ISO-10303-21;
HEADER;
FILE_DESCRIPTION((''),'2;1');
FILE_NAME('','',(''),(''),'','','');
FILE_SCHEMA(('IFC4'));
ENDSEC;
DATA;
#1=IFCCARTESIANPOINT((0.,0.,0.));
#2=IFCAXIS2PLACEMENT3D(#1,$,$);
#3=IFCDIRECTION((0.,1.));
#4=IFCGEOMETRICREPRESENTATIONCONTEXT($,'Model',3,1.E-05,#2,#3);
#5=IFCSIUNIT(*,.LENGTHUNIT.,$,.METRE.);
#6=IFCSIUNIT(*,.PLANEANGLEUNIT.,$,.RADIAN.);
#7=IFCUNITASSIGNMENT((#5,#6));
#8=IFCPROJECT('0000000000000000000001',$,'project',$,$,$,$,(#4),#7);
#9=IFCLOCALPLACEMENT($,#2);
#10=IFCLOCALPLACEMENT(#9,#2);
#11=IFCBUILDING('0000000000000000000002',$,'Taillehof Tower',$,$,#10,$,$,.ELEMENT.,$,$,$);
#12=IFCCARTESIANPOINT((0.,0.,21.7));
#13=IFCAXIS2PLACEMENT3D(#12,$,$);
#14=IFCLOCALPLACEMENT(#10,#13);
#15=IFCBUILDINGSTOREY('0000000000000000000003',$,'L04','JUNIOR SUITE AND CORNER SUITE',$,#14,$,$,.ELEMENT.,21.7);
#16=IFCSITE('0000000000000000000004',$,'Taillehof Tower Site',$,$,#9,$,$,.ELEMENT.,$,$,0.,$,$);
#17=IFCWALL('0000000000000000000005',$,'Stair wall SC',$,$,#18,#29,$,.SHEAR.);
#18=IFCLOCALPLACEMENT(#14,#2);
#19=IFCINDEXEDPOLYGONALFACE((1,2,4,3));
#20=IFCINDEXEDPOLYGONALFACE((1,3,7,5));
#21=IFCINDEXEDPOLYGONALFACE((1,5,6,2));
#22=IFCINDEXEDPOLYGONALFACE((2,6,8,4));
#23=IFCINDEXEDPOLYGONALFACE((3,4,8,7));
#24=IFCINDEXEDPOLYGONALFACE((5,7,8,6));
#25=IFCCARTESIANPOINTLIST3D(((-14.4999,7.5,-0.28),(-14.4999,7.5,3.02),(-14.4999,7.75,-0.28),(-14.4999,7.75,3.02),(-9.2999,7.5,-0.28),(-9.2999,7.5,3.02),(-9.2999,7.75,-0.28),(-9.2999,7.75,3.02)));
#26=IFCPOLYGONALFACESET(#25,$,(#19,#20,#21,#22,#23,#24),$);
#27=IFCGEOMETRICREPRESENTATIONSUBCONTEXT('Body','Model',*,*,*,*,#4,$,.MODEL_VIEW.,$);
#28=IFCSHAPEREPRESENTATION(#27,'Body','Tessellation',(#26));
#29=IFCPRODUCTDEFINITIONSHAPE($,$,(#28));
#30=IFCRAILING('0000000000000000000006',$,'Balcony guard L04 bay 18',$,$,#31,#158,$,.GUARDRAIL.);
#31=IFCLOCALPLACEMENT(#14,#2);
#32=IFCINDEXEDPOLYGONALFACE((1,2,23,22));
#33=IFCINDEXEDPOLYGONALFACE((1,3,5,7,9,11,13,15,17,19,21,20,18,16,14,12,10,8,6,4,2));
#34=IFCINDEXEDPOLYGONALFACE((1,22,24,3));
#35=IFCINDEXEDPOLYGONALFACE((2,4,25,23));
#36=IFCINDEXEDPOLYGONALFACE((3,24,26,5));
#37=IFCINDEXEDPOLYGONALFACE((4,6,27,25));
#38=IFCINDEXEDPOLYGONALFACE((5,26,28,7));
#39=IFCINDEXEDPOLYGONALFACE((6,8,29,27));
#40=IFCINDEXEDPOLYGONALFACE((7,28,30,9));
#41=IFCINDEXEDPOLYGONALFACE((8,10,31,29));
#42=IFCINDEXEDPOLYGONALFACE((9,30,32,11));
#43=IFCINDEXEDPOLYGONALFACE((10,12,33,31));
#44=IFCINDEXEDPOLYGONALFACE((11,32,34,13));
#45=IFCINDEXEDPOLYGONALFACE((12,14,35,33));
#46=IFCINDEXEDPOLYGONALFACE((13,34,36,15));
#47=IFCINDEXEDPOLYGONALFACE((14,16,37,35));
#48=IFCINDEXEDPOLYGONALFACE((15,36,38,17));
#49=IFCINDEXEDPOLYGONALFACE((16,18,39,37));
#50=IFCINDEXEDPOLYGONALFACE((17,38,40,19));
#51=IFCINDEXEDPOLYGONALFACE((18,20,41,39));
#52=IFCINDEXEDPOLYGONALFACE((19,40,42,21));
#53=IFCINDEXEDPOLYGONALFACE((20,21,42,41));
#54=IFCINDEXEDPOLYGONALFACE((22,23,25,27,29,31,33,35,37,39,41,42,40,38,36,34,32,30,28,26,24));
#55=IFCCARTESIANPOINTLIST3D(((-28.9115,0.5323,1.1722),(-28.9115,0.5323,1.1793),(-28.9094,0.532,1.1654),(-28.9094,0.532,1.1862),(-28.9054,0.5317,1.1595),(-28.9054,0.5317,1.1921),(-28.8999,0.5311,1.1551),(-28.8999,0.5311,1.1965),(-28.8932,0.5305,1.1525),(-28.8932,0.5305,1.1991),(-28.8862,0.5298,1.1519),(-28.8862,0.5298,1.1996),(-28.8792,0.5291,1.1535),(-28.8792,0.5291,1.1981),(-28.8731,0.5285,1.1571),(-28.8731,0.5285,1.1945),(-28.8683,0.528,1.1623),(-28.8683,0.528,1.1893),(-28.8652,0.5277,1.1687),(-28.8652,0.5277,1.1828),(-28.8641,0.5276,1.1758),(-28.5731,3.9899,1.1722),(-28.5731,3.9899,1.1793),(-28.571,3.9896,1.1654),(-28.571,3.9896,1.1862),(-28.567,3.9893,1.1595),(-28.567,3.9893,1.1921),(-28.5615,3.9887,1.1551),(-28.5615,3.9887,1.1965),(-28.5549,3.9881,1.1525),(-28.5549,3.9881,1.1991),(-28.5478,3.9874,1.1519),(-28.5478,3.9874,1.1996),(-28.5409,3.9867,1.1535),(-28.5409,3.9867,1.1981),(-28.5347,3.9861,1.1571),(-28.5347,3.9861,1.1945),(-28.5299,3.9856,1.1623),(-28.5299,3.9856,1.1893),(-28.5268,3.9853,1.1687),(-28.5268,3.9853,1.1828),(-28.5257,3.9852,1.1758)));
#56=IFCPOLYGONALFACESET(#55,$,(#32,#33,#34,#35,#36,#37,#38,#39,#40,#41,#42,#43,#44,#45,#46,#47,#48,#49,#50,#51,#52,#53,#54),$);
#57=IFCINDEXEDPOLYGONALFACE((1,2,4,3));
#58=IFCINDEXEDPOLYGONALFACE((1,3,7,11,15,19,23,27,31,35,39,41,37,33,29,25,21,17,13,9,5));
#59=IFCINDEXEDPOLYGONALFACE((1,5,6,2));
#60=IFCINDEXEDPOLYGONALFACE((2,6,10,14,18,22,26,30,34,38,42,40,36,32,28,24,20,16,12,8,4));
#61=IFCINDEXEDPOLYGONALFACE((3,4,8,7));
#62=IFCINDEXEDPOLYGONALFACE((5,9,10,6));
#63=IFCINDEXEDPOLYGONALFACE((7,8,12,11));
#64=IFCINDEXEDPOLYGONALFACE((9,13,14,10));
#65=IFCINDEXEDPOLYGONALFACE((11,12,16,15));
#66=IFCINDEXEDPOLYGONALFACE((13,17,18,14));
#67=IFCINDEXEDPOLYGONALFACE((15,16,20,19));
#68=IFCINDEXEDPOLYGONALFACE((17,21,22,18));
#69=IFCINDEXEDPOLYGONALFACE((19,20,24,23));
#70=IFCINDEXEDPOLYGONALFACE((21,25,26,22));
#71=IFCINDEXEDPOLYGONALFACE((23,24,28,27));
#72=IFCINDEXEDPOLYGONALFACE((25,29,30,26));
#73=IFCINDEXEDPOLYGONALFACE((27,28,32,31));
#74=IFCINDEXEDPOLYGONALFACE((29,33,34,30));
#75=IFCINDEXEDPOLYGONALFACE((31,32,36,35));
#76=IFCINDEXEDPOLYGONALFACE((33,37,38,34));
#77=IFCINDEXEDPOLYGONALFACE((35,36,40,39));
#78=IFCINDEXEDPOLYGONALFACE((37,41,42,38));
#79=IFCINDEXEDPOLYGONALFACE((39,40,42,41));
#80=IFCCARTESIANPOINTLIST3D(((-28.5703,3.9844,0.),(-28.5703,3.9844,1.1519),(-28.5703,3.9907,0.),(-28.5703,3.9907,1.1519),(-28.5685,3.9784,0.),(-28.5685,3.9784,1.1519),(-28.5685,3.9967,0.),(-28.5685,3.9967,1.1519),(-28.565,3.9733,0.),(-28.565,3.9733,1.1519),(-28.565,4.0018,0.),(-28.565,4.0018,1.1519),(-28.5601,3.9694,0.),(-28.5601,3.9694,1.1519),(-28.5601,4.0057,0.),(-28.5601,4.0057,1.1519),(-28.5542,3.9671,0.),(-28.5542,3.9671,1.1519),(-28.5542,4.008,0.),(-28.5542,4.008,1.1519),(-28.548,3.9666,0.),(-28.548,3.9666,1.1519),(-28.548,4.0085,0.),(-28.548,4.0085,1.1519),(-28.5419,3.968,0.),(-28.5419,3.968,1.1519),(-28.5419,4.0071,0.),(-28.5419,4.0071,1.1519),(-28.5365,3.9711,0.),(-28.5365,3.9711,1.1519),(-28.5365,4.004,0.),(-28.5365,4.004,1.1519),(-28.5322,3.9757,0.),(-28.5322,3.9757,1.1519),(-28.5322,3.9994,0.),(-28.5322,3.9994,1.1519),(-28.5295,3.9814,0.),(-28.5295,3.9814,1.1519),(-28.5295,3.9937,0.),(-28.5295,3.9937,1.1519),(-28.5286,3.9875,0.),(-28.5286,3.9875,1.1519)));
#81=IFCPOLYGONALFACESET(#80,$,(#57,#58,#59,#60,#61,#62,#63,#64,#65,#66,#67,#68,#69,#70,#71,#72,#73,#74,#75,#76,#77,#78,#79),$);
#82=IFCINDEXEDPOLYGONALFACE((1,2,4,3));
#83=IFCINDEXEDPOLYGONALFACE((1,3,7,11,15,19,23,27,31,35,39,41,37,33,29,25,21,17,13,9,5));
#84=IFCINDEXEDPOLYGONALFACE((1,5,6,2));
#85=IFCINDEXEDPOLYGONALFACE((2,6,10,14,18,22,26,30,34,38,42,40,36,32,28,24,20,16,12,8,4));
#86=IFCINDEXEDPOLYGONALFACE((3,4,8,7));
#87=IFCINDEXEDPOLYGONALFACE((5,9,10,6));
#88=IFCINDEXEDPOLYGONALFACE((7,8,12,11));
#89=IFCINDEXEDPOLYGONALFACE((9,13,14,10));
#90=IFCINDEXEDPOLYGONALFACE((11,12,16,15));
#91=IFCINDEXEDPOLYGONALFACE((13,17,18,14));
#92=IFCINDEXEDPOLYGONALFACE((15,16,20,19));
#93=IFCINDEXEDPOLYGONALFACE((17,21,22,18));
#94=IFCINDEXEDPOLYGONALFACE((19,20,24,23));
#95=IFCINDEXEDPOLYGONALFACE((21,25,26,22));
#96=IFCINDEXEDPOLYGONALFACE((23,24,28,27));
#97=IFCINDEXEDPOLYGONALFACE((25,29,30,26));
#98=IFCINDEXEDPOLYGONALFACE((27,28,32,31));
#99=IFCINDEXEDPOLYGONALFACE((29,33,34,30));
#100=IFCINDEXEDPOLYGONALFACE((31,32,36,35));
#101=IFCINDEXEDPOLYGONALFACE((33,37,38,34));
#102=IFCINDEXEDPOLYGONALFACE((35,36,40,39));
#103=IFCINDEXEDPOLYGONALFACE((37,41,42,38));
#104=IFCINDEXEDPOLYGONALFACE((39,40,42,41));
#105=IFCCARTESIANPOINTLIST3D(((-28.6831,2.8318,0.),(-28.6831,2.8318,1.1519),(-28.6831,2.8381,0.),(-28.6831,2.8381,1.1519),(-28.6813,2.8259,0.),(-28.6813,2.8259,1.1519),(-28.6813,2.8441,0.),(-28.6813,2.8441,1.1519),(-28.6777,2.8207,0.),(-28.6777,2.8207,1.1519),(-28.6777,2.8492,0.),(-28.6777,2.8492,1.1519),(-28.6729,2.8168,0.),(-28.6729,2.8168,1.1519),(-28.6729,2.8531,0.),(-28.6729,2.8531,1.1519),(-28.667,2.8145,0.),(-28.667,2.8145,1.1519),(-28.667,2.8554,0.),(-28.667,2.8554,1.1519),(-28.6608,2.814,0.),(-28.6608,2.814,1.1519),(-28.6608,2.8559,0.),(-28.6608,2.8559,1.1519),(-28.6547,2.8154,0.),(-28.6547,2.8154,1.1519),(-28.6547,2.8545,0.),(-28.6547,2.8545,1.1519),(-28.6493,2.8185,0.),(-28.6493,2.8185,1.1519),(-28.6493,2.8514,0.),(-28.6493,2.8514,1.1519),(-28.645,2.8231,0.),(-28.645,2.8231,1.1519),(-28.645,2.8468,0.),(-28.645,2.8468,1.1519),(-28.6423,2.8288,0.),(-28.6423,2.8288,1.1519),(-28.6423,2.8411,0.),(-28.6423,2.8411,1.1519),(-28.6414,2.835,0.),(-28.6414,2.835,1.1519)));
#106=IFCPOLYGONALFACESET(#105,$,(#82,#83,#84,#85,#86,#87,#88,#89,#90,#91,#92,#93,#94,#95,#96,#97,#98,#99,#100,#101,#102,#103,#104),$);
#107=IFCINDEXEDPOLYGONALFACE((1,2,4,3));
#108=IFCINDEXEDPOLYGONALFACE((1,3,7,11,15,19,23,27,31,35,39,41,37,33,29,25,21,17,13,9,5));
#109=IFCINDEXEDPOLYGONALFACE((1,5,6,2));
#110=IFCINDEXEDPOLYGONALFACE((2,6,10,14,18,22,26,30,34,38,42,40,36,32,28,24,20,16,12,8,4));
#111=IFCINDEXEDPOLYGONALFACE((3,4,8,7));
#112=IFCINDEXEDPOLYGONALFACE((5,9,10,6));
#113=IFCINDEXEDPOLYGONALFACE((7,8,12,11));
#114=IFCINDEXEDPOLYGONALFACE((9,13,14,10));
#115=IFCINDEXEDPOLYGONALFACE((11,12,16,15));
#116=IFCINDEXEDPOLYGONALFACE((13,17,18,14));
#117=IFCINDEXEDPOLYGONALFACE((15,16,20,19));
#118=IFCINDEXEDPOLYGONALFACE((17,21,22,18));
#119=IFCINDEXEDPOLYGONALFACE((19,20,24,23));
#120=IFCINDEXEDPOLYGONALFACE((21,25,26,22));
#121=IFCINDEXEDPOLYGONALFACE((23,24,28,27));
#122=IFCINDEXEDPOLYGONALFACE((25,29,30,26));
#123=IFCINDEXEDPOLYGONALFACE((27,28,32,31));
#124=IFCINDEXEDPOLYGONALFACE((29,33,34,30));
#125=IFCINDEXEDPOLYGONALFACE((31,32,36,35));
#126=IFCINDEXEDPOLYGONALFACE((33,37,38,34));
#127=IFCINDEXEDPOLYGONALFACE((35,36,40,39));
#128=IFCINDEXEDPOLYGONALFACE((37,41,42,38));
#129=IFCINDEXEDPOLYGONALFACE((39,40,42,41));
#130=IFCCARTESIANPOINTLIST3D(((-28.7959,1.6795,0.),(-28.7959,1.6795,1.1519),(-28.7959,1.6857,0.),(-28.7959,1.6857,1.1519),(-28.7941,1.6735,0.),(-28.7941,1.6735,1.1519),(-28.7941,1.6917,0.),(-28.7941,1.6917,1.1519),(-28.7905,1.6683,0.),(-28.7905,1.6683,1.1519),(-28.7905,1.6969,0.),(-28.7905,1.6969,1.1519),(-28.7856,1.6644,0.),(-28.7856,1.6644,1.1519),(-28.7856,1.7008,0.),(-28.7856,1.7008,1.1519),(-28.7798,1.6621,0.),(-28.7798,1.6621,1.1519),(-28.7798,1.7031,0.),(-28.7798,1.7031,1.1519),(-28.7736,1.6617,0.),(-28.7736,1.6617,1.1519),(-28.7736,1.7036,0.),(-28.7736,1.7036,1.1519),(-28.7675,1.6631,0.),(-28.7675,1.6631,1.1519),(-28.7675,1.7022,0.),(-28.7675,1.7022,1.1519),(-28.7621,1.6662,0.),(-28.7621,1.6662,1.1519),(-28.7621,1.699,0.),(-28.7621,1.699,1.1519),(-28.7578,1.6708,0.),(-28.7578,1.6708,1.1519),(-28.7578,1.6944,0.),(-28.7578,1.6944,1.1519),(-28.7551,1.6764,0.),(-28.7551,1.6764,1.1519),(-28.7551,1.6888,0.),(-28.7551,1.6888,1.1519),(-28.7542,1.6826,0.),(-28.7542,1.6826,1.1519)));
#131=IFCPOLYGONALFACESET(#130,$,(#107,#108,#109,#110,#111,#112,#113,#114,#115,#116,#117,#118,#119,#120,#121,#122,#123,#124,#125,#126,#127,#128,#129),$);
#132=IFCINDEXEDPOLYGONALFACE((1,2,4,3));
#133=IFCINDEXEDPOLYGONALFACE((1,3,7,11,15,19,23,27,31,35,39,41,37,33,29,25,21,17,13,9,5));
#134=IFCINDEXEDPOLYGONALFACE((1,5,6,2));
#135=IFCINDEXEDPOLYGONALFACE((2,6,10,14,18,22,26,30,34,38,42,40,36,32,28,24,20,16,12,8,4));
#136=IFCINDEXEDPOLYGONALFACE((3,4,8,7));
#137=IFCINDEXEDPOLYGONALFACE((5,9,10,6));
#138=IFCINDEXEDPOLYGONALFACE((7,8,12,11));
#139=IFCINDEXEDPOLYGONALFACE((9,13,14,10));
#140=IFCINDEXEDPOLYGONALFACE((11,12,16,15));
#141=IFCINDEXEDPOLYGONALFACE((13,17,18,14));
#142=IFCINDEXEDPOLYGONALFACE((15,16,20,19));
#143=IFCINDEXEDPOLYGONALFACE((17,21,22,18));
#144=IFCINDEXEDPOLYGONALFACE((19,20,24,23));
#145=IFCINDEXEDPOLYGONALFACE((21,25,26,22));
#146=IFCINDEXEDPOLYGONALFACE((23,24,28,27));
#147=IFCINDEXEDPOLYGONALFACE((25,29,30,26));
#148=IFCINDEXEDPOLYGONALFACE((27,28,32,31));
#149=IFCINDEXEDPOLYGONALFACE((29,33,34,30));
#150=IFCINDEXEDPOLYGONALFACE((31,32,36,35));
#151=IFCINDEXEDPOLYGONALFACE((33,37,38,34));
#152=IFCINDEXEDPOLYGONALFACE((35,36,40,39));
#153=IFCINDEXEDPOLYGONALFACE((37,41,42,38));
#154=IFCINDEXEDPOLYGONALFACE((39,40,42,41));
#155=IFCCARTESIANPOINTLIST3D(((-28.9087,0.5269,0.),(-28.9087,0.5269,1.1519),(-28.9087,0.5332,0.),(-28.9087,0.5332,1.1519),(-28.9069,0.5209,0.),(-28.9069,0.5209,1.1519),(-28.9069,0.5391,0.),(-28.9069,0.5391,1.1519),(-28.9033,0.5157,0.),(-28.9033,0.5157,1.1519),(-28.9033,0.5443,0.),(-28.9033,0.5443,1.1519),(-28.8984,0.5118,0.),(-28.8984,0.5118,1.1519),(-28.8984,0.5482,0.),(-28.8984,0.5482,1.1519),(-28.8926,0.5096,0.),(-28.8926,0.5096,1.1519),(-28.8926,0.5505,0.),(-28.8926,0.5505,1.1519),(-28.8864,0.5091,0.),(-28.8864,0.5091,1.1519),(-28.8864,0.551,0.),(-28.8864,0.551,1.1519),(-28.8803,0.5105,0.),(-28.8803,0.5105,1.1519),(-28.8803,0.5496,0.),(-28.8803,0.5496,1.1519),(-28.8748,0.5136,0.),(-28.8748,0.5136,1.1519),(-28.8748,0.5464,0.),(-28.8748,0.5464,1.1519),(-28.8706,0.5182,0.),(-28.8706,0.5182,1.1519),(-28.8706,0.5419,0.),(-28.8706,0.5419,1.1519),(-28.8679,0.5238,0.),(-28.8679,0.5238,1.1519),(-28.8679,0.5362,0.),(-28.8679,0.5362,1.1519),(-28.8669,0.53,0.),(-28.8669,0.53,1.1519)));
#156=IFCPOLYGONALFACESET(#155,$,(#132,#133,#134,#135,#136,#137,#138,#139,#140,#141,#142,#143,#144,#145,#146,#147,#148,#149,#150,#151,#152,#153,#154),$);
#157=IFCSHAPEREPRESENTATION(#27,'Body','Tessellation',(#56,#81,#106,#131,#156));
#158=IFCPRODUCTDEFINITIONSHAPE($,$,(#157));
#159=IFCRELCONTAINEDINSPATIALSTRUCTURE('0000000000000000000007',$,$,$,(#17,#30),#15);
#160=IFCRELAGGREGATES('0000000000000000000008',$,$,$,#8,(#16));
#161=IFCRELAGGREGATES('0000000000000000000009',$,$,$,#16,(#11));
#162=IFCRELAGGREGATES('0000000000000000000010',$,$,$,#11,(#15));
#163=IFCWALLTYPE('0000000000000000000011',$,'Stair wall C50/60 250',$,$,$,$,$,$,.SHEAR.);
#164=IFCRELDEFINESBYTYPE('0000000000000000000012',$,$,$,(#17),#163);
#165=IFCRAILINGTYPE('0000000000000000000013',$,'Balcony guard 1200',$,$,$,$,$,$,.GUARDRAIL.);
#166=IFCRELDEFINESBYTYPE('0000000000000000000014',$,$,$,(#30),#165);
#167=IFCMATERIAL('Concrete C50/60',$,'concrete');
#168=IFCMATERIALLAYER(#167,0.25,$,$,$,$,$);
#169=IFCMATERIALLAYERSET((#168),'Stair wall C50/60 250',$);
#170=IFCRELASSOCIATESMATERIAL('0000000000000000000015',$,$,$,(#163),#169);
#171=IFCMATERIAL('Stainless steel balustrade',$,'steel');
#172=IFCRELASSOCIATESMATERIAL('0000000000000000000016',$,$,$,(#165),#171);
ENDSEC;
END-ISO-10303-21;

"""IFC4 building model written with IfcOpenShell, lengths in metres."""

from ifc_helpers import new_model, si_unit, direction, frame, frame_2d, origin, origin_2d, place, context, subcontext, project, spatial, rectangle, circle, extrude, material, layer, layer_set, type_object, element, save


model = new_model("IFC4")

# Units and contexts
model_context = context("Model", 3, precision=1e-05, world=origin(), true_north=direction((0.0, 1.0)))
body_context = subcontext(model_context, "Body", "Model", "MODEL_VIEW")
ifc_project = project(units=[si_unit("LENGTHUNIT", "METRE"), si_unit("PLANEANGLEUNIT", "RADIAN")], contexts=[model_context])

# Site, building, storey
site_placement = place(None, origin())
site = spatial("IfcSite", under=ifc_project, at=site_placement, Name="Taillehof Tower Site", CompositionType="ELEMENT", RefElevation=0.0)
building_placement = place(site_placement, origin())
building = spatial("IfcBuilding", under=site, at=building_placement, Name="Taillehof Tower", CompositionType="ELEMENT")
storey_placement = place(building_placement, frame((0.0, 0.0, 21.7)))
storey = spatial("IfcBuildingStorey", under=building, at=storey_placement, Name="L04", Description="JUNIOR SUITE AND CORNER SUITE", CompositionType="ELEMENT", Elevation=21.7)

# Wall
ifc_material_1 = material(Name="Concrete C50/60", Category="concrete")
ifc_layer_1 = layer(ifc_material_1, 0.25)
ifc_layer_set_1 = layer_set([ifc_layer_1], Name="Stair wall C50/60 250")
wall_type_1 = type_object("IfcWallType", Name="Stair wall C50/60 250", PredefinedType="SHEAR", material=ifc_layer_set_1)
wall_1_placement = place(storey_placement, frame((-14.5, 7.625, -0.28), z_axis=(0.0, 0.0, 1.0), x_axis=(1.0, 0.0, 0.0)))
element("IfcWall", 1, at=wall_1_placement, inside=storey, type_object=wall_type_1, Name="Stair wall SC", PredefinedType="SHEAR", context=body_context, shape_type="SweptSolid", body=[
    extrude(rectangle(XDim=5.2, YDim=0.25, at=frame_2d((2.6001, 0.0))), origin(), (0.0, 0.0, 1.0), 3.3),
])

# Railing
ifc_material_2 = material(Name="Stainless steel balustrade", Category="steel")
railing_type = type_object("IfcRailingType", Name="Balcony guard 1200", PredefinedType="GUARDRAIL", material=ifc_material_2)
railing_placement = place(storey_placement, frame((-28.5496, 3.9875, 0.0)))
element("IfcRailing", 2, at=railing_placement, inside=storey, type_object=railing_type, Name="Balcony guard L04 bay 18", PredefinedType="GUARDRAIL", context=body_context, shape_type="SweptSolid", body=[
    extrude(circle(Radius=0.0239, at=origin_2d()), frame((0.0, 0.0, 1.1758), z_axis=(-0.097402, -0.995245, 0.0), x_axis=(0.995245, -0.097402, 0.0)), (0.0, 0.0, 1.0), 3.4741),
    extrude(circle(Radius=0.021, at=origin_2d()), origin(), (0.0, 0.0, 1.0), 1.1519),
    extrude(circle(Radius=0.021, at=origin_2d()), frame((-0.1128, -1.1526, 0.0)), (0.0, 0.0, 1.0), 1.1519),
    extrude(circle(Radius=0.021, at=origin_2d()), frame((-0.2256, -2.3049, 0.0)), (0.0, 0.0, 1.0), 1.1519),
    extrude(circle(Radius=0.021, at=origin_2d()), frame((-0.3384, -3.4575, 0.0)), (0.0, 0.0, 1.0), 1.1519),
])

save(model, "model.ifc")
